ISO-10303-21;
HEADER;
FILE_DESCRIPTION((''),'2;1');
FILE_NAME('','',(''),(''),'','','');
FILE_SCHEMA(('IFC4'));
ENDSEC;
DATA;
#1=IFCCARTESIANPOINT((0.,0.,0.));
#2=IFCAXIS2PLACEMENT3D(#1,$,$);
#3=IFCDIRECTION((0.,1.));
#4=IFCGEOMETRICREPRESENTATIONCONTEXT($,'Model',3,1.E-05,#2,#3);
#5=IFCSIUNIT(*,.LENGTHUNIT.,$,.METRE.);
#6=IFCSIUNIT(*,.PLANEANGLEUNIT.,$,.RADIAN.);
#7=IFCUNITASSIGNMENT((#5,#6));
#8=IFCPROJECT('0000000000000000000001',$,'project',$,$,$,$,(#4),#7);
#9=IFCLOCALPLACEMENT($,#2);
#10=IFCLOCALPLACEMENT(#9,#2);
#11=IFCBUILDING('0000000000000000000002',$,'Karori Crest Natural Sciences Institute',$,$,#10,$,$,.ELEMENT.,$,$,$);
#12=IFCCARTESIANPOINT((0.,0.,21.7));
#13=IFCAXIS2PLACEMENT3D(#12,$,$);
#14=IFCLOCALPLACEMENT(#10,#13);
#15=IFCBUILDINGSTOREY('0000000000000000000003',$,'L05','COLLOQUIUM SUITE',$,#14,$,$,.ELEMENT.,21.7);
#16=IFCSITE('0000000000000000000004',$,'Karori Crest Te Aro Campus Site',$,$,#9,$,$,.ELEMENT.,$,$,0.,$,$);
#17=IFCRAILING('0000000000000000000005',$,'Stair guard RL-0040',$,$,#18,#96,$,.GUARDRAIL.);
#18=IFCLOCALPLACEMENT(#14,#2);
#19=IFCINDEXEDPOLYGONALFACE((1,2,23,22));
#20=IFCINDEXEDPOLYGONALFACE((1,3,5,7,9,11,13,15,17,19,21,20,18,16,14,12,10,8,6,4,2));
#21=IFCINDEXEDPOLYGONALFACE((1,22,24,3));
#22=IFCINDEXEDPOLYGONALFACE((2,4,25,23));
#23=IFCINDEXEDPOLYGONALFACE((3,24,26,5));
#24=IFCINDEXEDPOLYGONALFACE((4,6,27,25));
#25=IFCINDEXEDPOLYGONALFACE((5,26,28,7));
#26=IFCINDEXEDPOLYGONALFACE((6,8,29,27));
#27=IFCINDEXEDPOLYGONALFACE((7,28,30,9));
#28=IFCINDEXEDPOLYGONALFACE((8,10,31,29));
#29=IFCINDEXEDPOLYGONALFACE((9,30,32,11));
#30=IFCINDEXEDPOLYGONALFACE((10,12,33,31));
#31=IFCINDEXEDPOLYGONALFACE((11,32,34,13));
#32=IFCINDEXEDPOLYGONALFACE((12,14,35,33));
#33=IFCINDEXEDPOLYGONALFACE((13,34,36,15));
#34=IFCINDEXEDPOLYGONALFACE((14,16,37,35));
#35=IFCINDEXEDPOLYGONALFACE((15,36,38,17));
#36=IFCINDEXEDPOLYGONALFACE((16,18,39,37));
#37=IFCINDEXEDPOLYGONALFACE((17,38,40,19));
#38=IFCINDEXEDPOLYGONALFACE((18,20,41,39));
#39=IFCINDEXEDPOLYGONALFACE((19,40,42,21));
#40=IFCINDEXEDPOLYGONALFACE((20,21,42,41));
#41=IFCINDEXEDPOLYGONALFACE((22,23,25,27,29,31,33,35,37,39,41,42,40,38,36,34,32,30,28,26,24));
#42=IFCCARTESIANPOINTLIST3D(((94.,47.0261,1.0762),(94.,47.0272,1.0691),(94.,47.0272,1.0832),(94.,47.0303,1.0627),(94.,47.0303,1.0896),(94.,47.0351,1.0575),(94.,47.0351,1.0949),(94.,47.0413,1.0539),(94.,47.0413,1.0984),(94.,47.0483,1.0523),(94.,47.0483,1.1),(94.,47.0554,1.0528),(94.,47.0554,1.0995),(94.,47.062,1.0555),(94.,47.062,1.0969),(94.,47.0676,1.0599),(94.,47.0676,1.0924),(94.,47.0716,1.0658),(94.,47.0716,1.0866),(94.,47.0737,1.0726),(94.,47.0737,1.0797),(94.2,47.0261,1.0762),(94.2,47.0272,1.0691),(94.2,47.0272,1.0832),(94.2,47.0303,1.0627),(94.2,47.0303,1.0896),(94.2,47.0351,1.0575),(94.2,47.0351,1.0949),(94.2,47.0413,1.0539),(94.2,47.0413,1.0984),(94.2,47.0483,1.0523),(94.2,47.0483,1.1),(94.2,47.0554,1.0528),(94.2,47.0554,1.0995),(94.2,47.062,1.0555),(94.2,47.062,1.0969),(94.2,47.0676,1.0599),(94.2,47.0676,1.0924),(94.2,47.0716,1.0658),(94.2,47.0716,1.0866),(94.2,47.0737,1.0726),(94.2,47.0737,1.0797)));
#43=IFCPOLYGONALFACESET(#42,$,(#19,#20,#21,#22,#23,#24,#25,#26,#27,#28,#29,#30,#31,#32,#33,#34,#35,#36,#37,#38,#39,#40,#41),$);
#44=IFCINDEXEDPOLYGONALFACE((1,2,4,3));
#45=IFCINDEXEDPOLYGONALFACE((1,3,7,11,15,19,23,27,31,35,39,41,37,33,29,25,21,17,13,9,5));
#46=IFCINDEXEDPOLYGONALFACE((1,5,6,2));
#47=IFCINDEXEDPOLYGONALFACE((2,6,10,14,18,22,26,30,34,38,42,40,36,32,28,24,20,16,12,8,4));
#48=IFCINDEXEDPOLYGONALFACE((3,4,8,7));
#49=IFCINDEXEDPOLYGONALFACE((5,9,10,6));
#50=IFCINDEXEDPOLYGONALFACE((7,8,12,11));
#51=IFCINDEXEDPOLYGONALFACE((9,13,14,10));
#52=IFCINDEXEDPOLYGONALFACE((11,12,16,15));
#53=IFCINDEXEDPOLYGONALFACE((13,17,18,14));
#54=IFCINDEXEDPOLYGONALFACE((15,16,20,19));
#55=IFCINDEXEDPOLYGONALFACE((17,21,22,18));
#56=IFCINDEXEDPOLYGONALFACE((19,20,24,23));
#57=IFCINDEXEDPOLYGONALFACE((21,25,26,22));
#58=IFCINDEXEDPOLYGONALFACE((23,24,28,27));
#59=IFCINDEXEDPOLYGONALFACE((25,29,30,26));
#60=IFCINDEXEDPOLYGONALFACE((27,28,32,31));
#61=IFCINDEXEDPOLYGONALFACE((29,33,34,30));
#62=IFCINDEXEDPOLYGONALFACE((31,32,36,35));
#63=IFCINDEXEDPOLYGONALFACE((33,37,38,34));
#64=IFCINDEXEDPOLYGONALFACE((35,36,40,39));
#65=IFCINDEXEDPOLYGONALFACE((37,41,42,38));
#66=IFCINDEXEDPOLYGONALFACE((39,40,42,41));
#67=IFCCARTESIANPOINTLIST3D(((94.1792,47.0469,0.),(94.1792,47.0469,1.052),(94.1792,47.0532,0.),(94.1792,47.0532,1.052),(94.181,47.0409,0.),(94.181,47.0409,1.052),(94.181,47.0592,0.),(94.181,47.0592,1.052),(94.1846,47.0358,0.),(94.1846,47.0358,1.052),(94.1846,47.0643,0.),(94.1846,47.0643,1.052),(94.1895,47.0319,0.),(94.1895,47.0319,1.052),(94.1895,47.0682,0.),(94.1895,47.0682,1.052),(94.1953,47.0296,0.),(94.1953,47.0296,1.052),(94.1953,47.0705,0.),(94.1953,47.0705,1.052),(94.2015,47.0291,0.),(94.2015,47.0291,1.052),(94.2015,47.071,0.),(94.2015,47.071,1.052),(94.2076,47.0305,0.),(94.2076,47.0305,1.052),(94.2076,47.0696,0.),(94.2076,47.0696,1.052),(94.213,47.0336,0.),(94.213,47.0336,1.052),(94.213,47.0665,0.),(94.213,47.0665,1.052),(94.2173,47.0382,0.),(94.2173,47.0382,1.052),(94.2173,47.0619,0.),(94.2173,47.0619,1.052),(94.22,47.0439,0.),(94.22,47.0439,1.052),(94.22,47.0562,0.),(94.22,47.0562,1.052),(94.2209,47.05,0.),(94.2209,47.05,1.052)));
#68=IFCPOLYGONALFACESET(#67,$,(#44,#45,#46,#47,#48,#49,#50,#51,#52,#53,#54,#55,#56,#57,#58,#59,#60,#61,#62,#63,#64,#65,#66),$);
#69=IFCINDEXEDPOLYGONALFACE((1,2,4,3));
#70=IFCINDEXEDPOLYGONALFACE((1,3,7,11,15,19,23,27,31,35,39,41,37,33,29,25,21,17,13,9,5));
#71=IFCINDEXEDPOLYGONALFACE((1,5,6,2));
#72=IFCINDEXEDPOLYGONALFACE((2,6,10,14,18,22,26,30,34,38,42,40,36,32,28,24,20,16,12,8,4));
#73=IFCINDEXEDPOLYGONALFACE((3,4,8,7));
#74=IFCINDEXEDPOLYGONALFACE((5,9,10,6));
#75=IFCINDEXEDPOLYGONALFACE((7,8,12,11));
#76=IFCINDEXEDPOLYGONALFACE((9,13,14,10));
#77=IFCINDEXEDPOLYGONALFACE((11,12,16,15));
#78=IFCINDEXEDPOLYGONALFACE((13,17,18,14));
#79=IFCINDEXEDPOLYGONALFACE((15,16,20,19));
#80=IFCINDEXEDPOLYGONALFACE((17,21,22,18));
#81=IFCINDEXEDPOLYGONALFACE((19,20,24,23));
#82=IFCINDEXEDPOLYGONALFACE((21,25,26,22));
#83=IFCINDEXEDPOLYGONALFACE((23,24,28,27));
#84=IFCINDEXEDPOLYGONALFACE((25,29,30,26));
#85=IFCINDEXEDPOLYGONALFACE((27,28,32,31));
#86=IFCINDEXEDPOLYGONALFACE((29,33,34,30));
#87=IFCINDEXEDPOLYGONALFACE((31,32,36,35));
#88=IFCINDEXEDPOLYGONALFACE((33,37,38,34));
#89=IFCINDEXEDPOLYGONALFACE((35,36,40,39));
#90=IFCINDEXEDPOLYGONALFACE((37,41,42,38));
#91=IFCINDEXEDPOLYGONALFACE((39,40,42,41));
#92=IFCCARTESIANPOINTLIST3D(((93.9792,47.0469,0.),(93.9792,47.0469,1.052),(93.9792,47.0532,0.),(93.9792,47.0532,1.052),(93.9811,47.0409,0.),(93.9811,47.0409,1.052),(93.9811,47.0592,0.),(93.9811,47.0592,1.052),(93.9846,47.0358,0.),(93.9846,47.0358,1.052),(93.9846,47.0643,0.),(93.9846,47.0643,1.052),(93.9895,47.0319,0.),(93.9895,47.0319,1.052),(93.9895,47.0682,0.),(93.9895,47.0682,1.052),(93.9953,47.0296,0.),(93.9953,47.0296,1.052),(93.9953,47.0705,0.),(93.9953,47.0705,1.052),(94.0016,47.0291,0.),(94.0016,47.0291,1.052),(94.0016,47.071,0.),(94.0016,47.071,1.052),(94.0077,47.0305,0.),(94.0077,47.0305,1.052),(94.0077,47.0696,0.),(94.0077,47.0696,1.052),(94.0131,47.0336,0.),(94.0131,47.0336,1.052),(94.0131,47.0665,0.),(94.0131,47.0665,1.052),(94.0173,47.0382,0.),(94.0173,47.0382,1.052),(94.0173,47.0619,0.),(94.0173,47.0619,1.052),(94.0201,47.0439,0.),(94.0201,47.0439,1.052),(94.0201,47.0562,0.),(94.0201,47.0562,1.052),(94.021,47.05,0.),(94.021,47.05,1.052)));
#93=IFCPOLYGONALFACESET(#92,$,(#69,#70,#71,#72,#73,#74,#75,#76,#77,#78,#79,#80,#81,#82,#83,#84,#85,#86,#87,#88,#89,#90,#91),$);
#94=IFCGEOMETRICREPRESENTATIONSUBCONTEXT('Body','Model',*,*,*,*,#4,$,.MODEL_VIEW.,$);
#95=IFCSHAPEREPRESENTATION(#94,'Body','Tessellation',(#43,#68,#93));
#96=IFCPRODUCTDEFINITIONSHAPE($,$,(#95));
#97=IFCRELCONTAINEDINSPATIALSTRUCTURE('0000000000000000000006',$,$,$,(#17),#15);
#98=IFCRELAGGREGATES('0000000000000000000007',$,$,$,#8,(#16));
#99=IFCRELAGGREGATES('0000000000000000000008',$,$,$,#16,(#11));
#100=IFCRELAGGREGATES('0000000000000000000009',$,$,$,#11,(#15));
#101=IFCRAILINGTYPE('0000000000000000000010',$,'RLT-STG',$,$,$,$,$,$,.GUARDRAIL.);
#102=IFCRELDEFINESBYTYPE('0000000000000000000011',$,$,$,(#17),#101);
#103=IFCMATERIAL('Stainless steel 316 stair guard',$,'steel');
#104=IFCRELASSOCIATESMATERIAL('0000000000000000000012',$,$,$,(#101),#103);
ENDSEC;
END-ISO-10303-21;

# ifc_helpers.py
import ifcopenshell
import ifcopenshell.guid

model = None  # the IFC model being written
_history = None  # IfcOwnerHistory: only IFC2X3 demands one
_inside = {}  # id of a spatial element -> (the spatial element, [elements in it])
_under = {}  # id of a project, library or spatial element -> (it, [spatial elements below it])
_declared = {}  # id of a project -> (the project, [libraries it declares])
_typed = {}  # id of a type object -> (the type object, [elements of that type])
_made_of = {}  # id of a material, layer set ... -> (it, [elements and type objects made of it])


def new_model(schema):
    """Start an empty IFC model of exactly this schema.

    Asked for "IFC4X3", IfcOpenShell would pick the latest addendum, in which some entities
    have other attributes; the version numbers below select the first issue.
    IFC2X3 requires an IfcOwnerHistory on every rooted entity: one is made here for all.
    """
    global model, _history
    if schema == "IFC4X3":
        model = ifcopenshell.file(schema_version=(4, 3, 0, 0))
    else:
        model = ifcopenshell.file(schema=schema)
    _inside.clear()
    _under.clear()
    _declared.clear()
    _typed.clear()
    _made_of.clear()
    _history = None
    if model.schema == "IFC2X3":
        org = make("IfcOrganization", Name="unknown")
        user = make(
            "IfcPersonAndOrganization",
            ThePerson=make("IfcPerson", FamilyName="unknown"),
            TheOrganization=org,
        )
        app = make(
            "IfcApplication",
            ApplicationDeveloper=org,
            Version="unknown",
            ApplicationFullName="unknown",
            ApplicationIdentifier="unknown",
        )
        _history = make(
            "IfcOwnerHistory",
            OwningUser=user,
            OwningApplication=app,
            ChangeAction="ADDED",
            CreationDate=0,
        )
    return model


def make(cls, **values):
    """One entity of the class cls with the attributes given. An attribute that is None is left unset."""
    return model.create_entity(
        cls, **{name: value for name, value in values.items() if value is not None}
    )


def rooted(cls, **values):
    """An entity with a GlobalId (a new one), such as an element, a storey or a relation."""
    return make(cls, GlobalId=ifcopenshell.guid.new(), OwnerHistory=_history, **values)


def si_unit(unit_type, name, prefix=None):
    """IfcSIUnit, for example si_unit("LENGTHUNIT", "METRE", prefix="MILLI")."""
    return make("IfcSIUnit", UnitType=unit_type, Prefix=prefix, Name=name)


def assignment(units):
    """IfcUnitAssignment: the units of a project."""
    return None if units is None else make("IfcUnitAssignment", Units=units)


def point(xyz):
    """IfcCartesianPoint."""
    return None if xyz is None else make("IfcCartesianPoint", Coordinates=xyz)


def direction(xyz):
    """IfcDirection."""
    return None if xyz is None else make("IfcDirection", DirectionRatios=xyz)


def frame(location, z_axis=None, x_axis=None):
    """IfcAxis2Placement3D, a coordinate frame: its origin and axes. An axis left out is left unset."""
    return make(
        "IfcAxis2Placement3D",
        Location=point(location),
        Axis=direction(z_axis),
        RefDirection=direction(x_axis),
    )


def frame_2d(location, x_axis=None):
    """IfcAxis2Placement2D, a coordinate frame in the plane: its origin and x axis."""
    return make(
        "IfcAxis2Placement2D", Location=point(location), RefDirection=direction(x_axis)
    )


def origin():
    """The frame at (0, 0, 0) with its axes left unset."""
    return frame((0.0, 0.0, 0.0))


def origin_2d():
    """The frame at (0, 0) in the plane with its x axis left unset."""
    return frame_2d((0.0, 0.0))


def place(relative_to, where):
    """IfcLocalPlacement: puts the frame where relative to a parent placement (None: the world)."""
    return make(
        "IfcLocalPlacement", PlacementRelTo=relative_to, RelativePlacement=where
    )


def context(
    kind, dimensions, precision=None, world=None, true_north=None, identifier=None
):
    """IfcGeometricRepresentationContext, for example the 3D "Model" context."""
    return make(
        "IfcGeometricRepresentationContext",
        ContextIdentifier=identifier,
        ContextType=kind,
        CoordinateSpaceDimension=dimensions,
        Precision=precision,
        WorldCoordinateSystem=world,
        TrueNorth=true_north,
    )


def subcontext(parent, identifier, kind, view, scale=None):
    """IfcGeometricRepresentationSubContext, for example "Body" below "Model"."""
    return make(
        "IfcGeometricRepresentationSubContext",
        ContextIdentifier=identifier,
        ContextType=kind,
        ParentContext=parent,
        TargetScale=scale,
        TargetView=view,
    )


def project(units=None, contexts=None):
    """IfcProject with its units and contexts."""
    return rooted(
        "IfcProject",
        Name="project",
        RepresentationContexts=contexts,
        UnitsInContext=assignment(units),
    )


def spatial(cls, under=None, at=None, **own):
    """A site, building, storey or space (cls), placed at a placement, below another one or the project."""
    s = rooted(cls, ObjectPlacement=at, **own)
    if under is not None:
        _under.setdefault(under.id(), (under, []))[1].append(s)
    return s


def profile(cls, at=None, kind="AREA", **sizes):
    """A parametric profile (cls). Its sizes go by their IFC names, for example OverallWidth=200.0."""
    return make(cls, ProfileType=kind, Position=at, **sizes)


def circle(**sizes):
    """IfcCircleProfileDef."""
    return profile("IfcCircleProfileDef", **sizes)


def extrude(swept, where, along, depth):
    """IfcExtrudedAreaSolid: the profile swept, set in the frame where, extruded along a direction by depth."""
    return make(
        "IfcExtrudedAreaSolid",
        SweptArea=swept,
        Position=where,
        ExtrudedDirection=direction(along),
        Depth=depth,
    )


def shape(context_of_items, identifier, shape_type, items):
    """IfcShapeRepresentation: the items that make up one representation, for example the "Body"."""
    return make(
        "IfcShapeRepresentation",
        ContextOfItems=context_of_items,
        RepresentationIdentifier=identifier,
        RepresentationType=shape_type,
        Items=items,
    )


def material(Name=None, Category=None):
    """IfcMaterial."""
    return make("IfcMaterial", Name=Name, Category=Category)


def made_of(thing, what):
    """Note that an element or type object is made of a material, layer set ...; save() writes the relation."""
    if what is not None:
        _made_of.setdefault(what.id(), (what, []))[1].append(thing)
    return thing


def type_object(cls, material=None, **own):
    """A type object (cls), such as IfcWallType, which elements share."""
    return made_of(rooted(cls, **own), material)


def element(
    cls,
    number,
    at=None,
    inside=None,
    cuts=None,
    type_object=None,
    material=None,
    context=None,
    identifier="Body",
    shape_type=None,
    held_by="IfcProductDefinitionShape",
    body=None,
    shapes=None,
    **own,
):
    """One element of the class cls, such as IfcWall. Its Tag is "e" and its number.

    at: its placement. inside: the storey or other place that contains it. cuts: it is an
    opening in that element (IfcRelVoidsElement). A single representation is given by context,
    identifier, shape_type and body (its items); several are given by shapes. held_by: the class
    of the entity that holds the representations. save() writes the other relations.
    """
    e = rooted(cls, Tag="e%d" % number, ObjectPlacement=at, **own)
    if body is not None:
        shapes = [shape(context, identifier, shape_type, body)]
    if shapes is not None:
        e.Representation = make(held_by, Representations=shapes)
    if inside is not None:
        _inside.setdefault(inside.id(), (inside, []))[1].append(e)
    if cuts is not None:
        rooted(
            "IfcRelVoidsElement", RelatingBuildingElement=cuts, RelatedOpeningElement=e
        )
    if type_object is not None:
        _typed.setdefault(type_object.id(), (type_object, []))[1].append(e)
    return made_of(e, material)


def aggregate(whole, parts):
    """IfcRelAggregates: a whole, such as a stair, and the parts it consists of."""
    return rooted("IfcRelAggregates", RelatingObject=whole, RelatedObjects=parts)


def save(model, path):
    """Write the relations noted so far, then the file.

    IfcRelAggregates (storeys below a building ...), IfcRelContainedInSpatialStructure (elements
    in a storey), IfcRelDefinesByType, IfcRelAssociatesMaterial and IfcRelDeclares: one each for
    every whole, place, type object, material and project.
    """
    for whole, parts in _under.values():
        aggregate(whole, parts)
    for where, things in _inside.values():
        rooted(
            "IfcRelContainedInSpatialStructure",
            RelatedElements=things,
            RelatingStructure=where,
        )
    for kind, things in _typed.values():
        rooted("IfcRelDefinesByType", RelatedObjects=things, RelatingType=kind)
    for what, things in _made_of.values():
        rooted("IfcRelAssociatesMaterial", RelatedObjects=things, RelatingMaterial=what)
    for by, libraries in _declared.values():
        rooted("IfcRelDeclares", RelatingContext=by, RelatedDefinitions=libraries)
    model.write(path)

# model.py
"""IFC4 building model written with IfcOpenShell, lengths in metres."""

from ifc_helpers import new_model, si_unit, direction, frame, origin, origin_2d, place, context, subcontext, project, spatial, circle, extrude, material, type_object, element, save


model = new_model("IFC4")

# Units and contexts
model_context = context("Model", 3, precision=1e-05, world=origin(), true_north=direction((0.0, 1.0)))
body_context = subcontext(model_context, "Body", "Model", "MODEL_VIEW")
ifc_project = project(units=[si_unit("LENGTHUNIT", "METRE"), si_unit("PLANEANGLEUNIT", "RADIAN")], contexts=[model_context])

# Site, building, storey
site_placement = place(None, origin())
site = spatial("IfcSite", under=ifc_project, at=site_placement, Name="Karori Crest Te Aro Campus Site", CompositionType="ELEMENT", RefElevation=0.0)
building_placement = place(site_placement, origin())
building = spatial("IfcBuilding", under=site, at=building_placement, Name="Karori Crest Natural Sciences Institute", CompositionType="ELEMENT")
storey_placement = place(building_placement, frame((0.0, 0.0, 21.7)))
storey = spatial("IfcBuildingStorey", under=building, at=storey_placement, Name="L05", Description="COLLOQUIUM SUITE", CompositionType="ELEMENT", Elevation=21.7)

# Railing
ifc_material_1 = material(Name="Stainless steel 316 stair guard", Category="steel")
railing_type_1 = type_object("IfcRailingType", Name="RLT-STG", PredefinedType="GUARDRAIL", material=ifc_material_1)
railing_1_placement = place(storey_placement, frame((94.2, 47.05, 0.0)))
element("IfcRailing", 1, at=railing_1_placement, inside=storey, type_object=railing_type_1, Name="Stair guard RL-0040", PredefinedType="GUARDRAIL", context=body_context, shape_type="SweptSolid", body=[
    extrude(circle(Radius=0.0239, at=origin_2d()), frame((0.0, 0.0, 1.0762), z_axis=(-1.0, 0.0, 0.0), x_axis=(0.0, -1.0, 0.0)), (0.0, 0.0, 1.0), 0.2),
    extrude(circle(Radius=0.021, at=origin_2d()), origin(), (0.0, 0.0, 1.0), 1.052),
    extrude(circle(Radius=0.021, at=origin_2d()), frame((-0.2, 0.0, 0.0)), (0.0, 0.0, 1.0), 1.052),
])

save(model, "model.ifc")
